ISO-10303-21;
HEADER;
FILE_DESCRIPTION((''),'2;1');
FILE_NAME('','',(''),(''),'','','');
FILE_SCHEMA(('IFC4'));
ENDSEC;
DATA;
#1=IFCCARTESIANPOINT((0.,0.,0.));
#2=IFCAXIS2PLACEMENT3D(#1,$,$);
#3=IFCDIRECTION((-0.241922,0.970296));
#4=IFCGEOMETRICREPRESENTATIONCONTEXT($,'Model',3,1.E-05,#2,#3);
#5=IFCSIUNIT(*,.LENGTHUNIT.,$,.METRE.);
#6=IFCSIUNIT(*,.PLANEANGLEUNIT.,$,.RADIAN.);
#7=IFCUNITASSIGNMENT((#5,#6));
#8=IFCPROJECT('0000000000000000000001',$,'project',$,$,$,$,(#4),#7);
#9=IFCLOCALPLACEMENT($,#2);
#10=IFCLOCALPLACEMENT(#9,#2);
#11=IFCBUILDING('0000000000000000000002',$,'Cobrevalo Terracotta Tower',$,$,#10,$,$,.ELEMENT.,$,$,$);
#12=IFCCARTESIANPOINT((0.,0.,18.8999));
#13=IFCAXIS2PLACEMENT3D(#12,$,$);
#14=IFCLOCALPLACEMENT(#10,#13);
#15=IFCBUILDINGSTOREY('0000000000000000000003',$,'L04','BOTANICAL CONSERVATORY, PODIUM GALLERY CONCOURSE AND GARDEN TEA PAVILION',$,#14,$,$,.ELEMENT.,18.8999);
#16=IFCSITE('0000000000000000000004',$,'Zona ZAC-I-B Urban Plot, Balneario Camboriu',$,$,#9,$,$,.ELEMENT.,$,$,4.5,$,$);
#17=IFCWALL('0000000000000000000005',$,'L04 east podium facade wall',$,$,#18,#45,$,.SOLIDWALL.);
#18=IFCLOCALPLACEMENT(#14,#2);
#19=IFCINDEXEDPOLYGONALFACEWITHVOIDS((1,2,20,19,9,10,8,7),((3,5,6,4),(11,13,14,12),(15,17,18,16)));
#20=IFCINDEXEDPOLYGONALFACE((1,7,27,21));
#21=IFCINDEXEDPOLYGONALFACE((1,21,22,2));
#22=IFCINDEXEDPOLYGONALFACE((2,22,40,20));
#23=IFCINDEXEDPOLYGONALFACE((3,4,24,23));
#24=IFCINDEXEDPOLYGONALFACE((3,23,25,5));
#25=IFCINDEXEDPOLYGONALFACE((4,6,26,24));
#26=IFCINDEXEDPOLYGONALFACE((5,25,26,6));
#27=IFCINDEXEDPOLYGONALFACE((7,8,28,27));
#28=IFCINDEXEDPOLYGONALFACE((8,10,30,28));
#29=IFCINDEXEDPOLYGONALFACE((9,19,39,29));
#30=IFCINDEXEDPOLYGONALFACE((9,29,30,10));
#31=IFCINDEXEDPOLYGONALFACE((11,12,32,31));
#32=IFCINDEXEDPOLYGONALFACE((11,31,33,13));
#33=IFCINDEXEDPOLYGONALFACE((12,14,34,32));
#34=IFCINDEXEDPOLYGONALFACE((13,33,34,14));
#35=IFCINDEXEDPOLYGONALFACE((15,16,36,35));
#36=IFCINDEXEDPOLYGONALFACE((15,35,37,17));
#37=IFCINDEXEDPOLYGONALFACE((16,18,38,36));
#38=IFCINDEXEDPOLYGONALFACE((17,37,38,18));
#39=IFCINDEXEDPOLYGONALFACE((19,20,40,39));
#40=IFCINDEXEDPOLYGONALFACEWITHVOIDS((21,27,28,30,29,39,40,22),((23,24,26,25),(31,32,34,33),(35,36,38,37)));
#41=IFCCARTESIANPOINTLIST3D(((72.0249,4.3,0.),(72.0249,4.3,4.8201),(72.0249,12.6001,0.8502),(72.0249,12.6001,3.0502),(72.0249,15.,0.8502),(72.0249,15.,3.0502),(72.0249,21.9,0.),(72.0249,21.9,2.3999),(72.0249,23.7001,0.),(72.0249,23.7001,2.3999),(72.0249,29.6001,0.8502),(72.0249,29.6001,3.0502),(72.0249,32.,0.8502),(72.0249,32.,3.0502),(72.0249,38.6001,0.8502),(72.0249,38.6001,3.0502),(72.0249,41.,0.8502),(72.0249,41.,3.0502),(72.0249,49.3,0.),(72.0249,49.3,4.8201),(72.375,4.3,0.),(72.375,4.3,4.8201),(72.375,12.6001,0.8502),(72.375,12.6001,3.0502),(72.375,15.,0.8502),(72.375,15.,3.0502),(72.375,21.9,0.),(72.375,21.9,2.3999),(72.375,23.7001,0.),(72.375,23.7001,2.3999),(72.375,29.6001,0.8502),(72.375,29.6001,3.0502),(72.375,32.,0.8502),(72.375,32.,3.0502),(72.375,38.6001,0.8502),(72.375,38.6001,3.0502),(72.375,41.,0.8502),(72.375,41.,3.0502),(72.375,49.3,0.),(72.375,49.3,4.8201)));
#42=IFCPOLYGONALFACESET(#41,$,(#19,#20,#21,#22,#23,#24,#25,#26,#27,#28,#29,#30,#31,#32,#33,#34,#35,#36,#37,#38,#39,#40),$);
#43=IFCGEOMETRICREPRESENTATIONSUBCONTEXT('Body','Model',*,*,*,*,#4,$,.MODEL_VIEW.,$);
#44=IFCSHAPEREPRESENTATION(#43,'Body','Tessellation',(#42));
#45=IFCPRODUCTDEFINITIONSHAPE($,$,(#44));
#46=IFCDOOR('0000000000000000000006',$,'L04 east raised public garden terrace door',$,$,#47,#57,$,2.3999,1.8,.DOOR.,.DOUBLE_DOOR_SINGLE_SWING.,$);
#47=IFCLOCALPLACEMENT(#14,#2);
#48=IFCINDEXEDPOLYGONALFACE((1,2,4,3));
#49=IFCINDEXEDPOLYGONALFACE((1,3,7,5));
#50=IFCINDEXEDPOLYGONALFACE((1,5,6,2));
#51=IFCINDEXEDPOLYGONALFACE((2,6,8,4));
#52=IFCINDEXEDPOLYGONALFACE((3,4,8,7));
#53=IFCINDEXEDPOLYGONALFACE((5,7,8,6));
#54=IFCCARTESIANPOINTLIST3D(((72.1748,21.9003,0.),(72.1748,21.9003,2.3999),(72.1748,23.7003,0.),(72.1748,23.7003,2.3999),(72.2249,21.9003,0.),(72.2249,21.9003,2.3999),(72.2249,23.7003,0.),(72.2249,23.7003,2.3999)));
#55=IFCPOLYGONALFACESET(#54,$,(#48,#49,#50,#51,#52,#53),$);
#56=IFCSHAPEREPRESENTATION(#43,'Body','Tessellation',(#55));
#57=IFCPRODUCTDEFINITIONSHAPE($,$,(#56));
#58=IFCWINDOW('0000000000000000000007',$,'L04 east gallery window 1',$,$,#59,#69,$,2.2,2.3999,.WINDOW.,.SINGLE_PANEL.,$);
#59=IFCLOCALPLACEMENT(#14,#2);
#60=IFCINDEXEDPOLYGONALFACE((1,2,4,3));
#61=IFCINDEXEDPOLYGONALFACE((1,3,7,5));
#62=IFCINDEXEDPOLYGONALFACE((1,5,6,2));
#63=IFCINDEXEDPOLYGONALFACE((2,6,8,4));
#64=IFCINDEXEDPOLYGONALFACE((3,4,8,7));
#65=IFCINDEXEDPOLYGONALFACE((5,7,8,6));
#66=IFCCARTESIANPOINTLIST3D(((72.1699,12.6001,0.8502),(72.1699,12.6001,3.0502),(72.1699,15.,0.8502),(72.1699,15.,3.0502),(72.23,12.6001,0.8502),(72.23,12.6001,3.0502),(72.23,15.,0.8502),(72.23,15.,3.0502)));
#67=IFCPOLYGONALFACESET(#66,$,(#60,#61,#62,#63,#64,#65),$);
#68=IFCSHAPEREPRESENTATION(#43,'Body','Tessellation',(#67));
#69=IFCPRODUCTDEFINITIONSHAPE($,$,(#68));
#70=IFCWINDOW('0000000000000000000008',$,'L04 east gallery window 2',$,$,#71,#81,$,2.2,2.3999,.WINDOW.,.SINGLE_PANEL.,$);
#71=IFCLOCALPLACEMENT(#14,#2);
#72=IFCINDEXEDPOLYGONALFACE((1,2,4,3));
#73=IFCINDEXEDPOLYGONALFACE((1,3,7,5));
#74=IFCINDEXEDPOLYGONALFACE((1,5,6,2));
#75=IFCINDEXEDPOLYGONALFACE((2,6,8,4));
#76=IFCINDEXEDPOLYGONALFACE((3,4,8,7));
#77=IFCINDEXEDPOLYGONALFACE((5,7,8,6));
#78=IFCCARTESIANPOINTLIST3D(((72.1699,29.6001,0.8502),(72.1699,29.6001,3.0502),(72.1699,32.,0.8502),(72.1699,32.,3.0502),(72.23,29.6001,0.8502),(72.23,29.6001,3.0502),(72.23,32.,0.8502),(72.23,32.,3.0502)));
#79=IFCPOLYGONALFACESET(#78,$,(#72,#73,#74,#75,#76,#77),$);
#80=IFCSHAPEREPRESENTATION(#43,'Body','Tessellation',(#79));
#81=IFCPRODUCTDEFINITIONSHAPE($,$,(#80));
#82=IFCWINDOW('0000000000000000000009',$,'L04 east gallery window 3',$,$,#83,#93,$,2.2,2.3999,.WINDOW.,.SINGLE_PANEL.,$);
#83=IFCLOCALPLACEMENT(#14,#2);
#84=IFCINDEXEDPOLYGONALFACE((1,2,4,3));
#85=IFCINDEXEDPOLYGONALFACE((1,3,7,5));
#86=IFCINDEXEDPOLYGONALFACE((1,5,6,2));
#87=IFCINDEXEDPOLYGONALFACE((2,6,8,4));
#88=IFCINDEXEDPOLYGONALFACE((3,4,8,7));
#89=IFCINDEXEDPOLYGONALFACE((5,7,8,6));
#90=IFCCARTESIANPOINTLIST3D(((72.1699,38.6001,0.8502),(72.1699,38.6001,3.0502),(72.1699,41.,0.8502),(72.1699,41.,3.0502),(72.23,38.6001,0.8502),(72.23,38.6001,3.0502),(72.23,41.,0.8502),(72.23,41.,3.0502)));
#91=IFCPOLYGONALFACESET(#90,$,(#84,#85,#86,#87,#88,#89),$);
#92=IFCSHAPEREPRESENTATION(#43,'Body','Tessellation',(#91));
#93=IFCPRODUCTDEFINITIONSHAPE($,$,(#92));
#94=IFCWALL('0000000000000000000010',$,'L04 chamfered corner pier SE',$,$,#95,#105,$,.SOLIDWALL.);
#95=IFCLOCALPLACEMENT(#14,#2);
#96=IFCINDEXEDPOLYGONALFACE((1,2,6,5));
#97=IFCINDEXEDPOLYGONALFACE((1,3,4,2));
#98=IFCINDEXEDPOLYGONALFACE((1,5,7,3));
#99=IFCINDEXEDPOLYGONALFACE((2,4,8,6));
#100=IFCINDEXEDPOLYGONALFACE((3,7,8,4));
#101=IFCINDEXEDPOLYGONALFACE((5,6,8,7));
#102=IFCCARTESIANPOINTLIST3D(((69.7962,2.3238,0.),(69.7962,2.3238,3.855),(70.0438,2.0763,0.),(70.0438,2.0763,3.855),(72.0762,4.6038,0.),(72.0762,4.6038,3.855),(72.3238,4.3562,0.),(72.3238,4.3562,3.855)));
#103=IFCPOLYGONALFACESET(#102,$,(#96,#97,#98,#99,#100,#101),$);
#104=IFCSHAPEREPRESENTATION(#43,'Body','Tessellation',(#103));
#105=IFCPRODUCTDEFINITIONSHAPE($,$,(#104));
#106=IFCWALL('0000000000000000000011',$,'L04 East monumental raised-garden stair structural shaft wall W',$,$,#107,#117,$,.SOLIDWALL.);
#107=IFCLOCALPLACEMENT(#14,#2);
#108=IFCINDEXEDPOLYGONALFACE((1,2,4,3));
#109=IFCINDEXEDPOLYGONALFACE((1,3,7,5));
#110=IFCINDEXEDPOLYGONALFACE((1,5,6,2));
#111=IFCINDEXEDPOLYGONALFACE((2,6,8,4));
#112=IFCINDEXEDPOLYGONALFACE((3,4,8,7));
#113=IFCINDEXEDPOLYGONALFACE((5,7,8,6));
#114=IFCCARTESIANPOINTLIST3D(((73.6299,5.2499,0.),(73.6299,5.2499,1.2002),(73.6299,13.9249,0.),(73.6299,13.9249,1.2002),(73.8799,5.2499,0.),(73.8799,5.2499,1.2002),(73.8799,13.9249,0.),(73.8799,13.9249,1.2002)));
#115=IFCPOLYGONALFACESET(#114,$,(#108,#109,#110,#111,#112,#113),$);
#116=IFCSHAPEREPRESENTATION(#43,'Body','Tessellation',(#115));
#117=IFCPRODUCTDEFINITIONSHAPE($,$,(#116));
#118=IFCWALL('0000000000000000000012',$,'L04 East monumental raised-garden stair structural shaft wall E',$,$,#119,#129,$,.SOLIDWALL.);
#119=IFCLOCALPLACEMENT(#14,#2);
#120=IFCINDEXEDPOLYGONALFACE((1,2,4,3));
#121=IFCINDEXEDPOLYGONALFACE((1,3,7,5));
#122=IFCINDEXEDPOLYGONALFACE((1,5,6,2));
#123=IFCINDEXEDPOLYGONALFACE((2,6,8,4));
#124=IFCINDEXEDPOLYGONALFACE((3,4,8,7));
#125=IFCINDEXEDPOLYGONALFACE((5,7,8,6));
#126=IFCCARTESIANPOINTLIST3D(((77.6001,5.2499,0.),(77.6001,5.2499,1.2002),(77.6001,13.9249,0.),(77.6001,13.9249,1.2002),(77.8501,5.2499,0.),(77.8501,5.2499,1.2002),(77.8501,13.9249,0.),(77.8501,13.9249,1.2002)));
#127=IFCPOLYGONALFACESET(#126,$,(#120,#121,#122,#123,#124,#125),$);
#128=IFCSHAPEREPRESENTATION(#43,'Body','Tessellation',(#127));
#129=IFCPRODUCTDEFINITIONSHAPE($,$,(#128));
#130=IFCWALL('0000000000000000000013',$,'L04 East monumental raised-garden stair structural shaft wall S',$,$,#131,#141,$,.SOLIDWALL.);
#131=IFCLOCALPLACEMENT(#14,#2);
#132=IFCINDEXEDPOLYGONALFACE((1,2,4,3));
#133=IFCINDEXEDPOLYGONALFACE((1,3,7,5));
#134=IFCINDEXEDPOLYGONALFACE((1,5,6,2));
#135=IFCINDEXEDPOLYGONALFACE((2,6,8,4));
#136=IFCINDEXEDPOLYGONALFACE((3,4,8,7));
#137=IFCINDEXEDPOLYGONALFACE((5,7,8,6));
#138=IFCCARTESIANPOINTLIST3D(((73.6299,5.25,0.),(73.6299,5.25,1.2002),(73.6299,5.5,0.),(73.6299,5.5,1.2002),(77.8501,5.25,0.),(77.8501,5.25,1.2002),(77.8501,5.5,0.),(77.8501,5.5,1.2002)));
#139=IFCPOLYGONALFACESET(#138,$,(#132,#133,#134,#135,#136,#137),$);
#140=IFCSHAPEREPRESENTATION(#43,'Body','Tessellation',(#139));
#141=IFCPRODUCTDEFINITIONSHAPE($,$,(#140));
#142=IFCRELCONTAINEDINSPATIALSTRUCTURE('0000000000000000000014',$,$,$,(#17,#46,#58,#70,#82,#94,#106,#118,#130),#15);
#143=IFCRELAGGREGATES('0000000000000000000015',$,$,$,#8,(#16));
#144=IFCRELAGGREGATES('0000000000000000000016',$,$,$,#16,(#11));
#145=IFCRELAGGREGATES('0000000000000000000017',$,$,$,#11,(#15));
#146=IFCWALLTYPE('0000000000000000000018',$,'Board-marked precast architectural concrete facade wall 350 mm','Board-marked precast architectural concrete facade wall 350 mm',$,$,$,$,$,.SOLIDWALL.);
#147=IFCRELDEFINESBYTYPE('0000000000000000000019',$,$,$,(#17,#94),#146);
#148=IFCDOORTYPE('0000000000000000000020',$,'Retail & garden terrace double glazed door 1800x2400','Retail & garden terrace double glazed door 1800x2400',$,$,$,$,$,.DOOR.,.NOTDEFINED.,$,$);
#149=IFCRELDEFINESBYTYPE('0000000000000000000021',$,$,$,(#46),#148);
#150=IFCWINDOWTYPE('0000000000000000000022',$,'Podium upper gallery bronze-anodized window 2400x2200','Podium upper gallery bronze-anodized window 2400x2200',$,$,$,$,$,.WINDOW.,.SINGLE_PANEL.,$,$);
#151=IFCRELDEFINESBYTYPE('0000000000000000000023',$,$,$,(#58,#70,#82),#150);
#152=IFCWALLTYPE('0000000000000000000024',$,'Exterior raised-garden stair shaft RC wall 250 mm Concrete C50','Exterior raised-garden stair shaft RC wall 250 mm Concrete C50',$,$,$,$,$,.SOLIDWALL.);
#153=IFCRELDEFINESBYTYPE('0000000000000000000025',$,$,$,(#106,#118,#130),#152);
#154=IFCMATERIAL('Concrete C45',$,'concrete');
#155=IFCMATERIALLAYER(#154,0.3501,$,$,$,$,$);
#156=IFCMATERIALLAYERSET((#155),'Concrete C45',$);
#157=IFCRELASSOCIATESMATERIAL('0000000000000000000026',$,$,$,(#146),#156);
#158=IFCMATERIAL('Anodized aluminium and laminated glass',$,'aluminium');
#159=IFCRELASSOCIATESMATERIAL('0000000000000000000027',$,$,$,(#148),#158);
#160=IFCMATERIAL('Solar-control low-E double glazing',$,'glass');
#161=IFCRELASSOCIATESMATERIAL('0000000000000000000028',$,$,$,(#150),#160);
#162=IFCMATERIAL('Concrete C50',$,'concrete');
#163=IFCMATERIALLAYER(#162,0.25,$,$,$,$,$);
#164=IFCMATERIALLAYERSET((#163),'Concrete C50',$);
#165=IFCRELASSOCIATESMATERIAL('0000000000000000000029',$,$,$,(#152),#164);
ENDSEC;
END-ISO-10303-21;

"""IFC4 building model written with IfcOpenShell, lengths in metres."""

from ifc_helpers import new_model, si_unit, direction, frame, frame_2d, origin, place, context, subcontext, project, spatial, rectangle, extrude, source, transform, mapped, material, layer, layer_set, type_object, element, fill, save


model = new_model("IFC4")

# Units and contexts
model_context = context("Model", 3, precision=1e-05, world=origin(), true_north=direction((-0.241922, 0.970296)))
body_context = subcontext(model_context, "Body", "Model", "MODEL_VIEW")
ifc_project = project(units=[si_unit("LENGTHUNIT", "METRE"), si_unit("PLANEANGLEUNIT", "RADIAN")], contexts=[model_context])

# Site, building, storey
site_placement = place(None, origin())
site = spatial("IfcSite", under=ifc_project, at=site_placement, Name="Zona ZAC-I-B Urban Plot, Balneario Camboriu", CompositionType="ELEMENT", RefElevation=4.5)
building_placement = place(site_placement, origin())
building = spatial("IfcBuilding", under=site, at=building_placement, Name="Cobrevalo Terracotta Tower", CompositionType="ELEMENT")
storey_placement = place(building_placement, frame((0.0, 0.0, 18.8999)))
storey = spatial("IfcBuildingStorey", under=building, at=storey_placement, Name="L04", Description="BOTANICAL CONSERVATORY, PODIUM GALLERY CONCOURSE AND GARDEN TEA PAVILION", CompositionType="ELEMENT", Elevation=18.8999)

# Shared definitions
ifc_material_1 = material(Name="Concrete C50", Category="concrete")

# Wall, openings, door, windows
ifc_material_2 = material(Name="Concrete C45", Category="concrete")
ifc_layer_1 = layer(ifc_material_2, 0.3501)
ifc_layer_set_1 = layer_set([ifc_layer_1], Name="Concrete C45")
wall_type_1 = type_object("IfcWallType", Name="Board-marked precast architectural concrete facade wall 350 mm", Description="Board-marked precast architectural concrete facade wall 350 mm", PredefinedType="SOLIDWALL", material=ifc_layer_set_1)
wall_1_placement = place(storey_placement, frame((72.2, 4.3, 0.0), z_axis=(0.0, 0.0, 1.0), x_axis=(0.0, 1.0, 0.0)))
wall_1 = element("IfcWall", 1, at=wall_1_placement, inside=storey, type_object=wall_type_1, Name="L04 east podium facade wall", PredefinedType="SOLIDWALL", context=body_context, shape_type="SweptSolid", body=[
    extrude(rectangle(XDim=45.0, YDim=0.3501, at=frame_2d((22.5, 0.0))), origin(), (0.0, 0.0, 1.0), 4.8201),
])
opening_1_placement = place(wall_1_placement, frame((8.3, 0.0, 0.8501)))
opening_1 = element("IfcOpeningElement", 2, at=opening_1_placement, cuts=wall_1, PredefinedType="OPENING", context=body_context, shape_type="SweptSolid", body=[
    extrude(rectangle(XDim=2.3999, YDim=2.2, at=frame_2d((1.2, 1.1001))), frame((0.0, 0.1851, 0.0), z_axis=(0.0, -1.0, 0.0), x_axis=(1.0, 0.0, 0.0)), (0.0, 0.0, 1.0), 0.3701),
])
opening_2_placement = place(wall_1_placement, frame((25.3, 0.0, 0.8501)))
opening_2 = element("IfcOpeningElement", 3, at=opening_2_placement, cuts=wall_1, PredefinedType="OPENING", context=body_context, shape_type="SweptSolid", body=[
    extrude(rectangle(XDim=2.3999, YDim=2.2, at=frame_2d((1.2, 1.1001))), frame((0.0, 0.1851, 0.0), z_axis=(0.0, -1.0, 0.0), x_axis=(1.0, 0.0, 0.0)), (0.0, 0.0, 1.0), 0.3701),
])
opening_3_placement = place(wall_1_placement, frame((34.3, 0.0, 0.8501)))
opening_3 = element("IfcOpeningElement", 4, at=opening_3_placement, cuts=wall_1, PredefinedType="OPENING", context=body_context, shape_type="SweptSolid", body=[
    extrude(rectangle(XDim=2.3999, YDim=2.2, at=frame_2d((1.2, 1.1001))), frame((0.0, 0.1851, 0.0), z_axis=(0.0, -1.0, 0.0), x_axis=(1.0, 0.0, 0.0)), (0.0, 0.0, 1.0), 0.3701),
])
opening_4_placement = place(wall_1_placement, frame((17.6001, 0.0, 0.0)))
opening_4 = element("IfcOpeningElement", 5, at=opening_4_placement, cuts=wall_1, PredefinedType="OPENING", context=body_context, shape_type="SweptSolid", body=[
    extrude(rectangle(XDim=1.8, YDim=2.3999, at=frame_2d((0.8999, 1.2))), frame((0.0, 0.1851, 0.0), z_axis=(0.0, -1.0, 0.0), x_axis=(1.0, 0.0, 0.0)), (0.0, 0.0, 1.0), 0.3701),
])
ifc_material_3 = material(Name="Anodized aluminium and laminated glass", Category="aluminium")
door_type = type_object("IfcDoorType", Name="Retail & garden terrace double glazed door 1800x2400", Description="Retail & garden terrace double glazed door 1800x2400", OperationType="NOTDEFINED", PredefinedType="DOOR", material=ifc_material_3)
shared_shape_1 = source(origin(), body_context, "Body", "SweptSolid", [
    extrude(rectangle(XDim=1.8, YDim=2.3999, at=frame_2d((0.8999, 1.2))), frame((0.0, 0.0249, 0.0), z_axis=(0.0, -1.0, 0.0), x_axis=(1.0, 0.0, 0.0)), (0.0, 0.0, 1.0), 0.05),
])
door_placement = place(opening_4_placement, frame((1.8, 0.0, 0.0), z_axis=(0.0, 0.0, 1.0), x_axis=(-1.0, 0.0, 0.0)))
door = element("IfcDoor", 6, at=door_placement, inside=storey, type_object=door_type, Name="L04 east raised public garden terrace door", OperationType="DOUBLE_DOOR_SINGLE_SWING", OverallHeight=2.3999, OverallWidth=1.8, PredefinedType="DOOR", context=body_context, shape_type="MappedRepresentation", body=[
    mapped(shared_shape_1, transform((0.0, 0.0, 0.0), scale=1.0)),
])
fill(opening_4, door)
ifc_material_4 = material(Name="Solar-control low-E double glazing", Category="glass")
window_type = type_object("IfcWindowType", Name="Podium upper gallery bronze-anodized window 2400x2200", Description="Podium upper gallery bronze-anodized window 2400x2200", PartitioningType="SINGLE_PANEL", PredefinedType="WINDOW", material=ifc_material_4)
shared_shape_2 = source(origin(), body_context, "Body", "SweptSolid", [
    extrude(rectangle(XDim=2.3999, YDim=2.2, at=frame_2d((1.2, 1.1001))), frame((0.0, 0.03, 0.0), z_axis=(0.0, -1.0, 0.0), x_axis=(1.0, 0.0, 0.0)), (0.0, 0.0, 1.0), 0.0601),
])
window_1_placement = place(opening_1_placement, origin())
window_1 = element("IfcWindow", 7, at=window_1_placement, inside=storey, type_object=window_type, Name="L04 east gallery window 1", OverallHeight=2.2, OverallWidth=2.3999, PartitioningType="SINGLE_PANEL", PredefinedType="WINDOW", context=body_context, shape_type="MappedRepresentation", body=[
    mapped(shared_shape_2, transform((0.0, 0.0, 0.0), scale=1.0)),
])
fill(opening_1, window_1)
window_2_placement = place(opening_2_placement, origin())
window_2 = element("IfcWindow", 8, at=window_2_placement, inside=storey, type_object=window_type, Name="L04 east gallery window 2", OverallHeight=2.2, OverallWidth=2.3999, PartitioningType="SINGLE_PANEL", PredefinedType="WINDOW", context=body_context, shape_type="MappedRepresentation", body=[
    mapped(shared_shape_2, transform((0.0, 0.0, 0.0), scale=1.0)),
])
fill(opening_2, window_2)
window_3_placement = place(opening_3_placement, origin())
window_3 = element("IfcWindow", 9, at=window_3_placement, inside=storey, type_object=window_type, Name="L04 east gallery window 3", OverallHeight=2.2, OverallWidth=2.3999, PartitioningType="SINGLE_PANEL", PredefinedType="WINDOW", context=body_context, shape_type="MappedRepresentation", body=[
    mapped(shared_shape_2, transform((0.0, 0.0, 0.0), scale=1.0)),
])
fill(opening_3, window_3)

# Walls
wall_2_placement = place(storey_placement, frame((69.9199, 2.2, 0.0), z_axis=(0.0, 0.0, 1.0), x_axis=(0.707107, 0.707107, 0.0)))
element("IfcWall", 10, at=wall_2_placement, inside=storey, type_object=wall_type_1, Name="L04 chamfered corner pier SE", PredefinedType="SOLIDWALL", context=body_context, shape_type="SweptSolid", body=[
    extrude(rectangle(XDim=3.2244, YDim=0.3501, at=frame_2d((1.6123, 0.0))), origin(), (0.0, 0.0, 1.0), 3.855),
])
ifc_layer_2 = layer(ifc_material_1, 0.25)
ifc_layer_set_2 = layer_set([ifc_layer_2], Name="Concrete C50")
wall_type_2 = type_object("IfcWallType", Name="Exterior raised-garden stair shaft RC wall 250 mm Concrete C50", Description="Exterior raised-garden stair shaft RC wall 250 mm Concrete C50", PredefinedType="SOLIDWALL", material=ifc_layer_set_2)
for number, where, z_axis, x_axis, name in (
    (11, (73.7549, 5.25, 0.0), (0.0, 0.0, 1.0), (0.0, 1.0, 0.0), "L04 East monumental raised-garden stair structural shaft wall W"),
    (12, (77.7251, 5.25, 0.0), (0.0, 0.0, 1.0), (0.0, 1.0, 0.0), "L04 East monumental raised-garden stair structural shaft wall E"),
):
    element("IfcWall", number, at=place(storey_placement, frame(where, z_axis=z_axis, x_axis=x_axis)), inside=storey, type_object=wall_type_2, Name=name, PredefinedType="SOLIDWALL", context=body_context, shape_type="SweptSolid", body=[
        extrude(rectangle(XDim=8.675, YDim=0.25, at=frame_2d((4.3374, 0.0))), origin(), (0.0, 0.0, 1.0), 1.2002),
    ])
wall_3_placement = place(storey_placement, frame((73.6299, 5.375, 0.0), z_axis=(0.0, 0.0, 1.0), x_axis=(1.0, 0.0, 0.0)))
element("IfcWall", 13, at=wall_3_placement, inside=storey, type_object=wall_type_2, Name="L04 East monumental raised-garden stair structural shaft wall S", PredefinedType="SOLIDWALL", context=body_context, shape_type="SweptSolid", body=[
    extrude(rectangle(XDim=4.2202, YDim=0.25, at=frame_2d((2.1101, 0.0))), origin(), (0.0, 0.0, 1.0), 1.2002),
])

save(model, "model.ifc")
